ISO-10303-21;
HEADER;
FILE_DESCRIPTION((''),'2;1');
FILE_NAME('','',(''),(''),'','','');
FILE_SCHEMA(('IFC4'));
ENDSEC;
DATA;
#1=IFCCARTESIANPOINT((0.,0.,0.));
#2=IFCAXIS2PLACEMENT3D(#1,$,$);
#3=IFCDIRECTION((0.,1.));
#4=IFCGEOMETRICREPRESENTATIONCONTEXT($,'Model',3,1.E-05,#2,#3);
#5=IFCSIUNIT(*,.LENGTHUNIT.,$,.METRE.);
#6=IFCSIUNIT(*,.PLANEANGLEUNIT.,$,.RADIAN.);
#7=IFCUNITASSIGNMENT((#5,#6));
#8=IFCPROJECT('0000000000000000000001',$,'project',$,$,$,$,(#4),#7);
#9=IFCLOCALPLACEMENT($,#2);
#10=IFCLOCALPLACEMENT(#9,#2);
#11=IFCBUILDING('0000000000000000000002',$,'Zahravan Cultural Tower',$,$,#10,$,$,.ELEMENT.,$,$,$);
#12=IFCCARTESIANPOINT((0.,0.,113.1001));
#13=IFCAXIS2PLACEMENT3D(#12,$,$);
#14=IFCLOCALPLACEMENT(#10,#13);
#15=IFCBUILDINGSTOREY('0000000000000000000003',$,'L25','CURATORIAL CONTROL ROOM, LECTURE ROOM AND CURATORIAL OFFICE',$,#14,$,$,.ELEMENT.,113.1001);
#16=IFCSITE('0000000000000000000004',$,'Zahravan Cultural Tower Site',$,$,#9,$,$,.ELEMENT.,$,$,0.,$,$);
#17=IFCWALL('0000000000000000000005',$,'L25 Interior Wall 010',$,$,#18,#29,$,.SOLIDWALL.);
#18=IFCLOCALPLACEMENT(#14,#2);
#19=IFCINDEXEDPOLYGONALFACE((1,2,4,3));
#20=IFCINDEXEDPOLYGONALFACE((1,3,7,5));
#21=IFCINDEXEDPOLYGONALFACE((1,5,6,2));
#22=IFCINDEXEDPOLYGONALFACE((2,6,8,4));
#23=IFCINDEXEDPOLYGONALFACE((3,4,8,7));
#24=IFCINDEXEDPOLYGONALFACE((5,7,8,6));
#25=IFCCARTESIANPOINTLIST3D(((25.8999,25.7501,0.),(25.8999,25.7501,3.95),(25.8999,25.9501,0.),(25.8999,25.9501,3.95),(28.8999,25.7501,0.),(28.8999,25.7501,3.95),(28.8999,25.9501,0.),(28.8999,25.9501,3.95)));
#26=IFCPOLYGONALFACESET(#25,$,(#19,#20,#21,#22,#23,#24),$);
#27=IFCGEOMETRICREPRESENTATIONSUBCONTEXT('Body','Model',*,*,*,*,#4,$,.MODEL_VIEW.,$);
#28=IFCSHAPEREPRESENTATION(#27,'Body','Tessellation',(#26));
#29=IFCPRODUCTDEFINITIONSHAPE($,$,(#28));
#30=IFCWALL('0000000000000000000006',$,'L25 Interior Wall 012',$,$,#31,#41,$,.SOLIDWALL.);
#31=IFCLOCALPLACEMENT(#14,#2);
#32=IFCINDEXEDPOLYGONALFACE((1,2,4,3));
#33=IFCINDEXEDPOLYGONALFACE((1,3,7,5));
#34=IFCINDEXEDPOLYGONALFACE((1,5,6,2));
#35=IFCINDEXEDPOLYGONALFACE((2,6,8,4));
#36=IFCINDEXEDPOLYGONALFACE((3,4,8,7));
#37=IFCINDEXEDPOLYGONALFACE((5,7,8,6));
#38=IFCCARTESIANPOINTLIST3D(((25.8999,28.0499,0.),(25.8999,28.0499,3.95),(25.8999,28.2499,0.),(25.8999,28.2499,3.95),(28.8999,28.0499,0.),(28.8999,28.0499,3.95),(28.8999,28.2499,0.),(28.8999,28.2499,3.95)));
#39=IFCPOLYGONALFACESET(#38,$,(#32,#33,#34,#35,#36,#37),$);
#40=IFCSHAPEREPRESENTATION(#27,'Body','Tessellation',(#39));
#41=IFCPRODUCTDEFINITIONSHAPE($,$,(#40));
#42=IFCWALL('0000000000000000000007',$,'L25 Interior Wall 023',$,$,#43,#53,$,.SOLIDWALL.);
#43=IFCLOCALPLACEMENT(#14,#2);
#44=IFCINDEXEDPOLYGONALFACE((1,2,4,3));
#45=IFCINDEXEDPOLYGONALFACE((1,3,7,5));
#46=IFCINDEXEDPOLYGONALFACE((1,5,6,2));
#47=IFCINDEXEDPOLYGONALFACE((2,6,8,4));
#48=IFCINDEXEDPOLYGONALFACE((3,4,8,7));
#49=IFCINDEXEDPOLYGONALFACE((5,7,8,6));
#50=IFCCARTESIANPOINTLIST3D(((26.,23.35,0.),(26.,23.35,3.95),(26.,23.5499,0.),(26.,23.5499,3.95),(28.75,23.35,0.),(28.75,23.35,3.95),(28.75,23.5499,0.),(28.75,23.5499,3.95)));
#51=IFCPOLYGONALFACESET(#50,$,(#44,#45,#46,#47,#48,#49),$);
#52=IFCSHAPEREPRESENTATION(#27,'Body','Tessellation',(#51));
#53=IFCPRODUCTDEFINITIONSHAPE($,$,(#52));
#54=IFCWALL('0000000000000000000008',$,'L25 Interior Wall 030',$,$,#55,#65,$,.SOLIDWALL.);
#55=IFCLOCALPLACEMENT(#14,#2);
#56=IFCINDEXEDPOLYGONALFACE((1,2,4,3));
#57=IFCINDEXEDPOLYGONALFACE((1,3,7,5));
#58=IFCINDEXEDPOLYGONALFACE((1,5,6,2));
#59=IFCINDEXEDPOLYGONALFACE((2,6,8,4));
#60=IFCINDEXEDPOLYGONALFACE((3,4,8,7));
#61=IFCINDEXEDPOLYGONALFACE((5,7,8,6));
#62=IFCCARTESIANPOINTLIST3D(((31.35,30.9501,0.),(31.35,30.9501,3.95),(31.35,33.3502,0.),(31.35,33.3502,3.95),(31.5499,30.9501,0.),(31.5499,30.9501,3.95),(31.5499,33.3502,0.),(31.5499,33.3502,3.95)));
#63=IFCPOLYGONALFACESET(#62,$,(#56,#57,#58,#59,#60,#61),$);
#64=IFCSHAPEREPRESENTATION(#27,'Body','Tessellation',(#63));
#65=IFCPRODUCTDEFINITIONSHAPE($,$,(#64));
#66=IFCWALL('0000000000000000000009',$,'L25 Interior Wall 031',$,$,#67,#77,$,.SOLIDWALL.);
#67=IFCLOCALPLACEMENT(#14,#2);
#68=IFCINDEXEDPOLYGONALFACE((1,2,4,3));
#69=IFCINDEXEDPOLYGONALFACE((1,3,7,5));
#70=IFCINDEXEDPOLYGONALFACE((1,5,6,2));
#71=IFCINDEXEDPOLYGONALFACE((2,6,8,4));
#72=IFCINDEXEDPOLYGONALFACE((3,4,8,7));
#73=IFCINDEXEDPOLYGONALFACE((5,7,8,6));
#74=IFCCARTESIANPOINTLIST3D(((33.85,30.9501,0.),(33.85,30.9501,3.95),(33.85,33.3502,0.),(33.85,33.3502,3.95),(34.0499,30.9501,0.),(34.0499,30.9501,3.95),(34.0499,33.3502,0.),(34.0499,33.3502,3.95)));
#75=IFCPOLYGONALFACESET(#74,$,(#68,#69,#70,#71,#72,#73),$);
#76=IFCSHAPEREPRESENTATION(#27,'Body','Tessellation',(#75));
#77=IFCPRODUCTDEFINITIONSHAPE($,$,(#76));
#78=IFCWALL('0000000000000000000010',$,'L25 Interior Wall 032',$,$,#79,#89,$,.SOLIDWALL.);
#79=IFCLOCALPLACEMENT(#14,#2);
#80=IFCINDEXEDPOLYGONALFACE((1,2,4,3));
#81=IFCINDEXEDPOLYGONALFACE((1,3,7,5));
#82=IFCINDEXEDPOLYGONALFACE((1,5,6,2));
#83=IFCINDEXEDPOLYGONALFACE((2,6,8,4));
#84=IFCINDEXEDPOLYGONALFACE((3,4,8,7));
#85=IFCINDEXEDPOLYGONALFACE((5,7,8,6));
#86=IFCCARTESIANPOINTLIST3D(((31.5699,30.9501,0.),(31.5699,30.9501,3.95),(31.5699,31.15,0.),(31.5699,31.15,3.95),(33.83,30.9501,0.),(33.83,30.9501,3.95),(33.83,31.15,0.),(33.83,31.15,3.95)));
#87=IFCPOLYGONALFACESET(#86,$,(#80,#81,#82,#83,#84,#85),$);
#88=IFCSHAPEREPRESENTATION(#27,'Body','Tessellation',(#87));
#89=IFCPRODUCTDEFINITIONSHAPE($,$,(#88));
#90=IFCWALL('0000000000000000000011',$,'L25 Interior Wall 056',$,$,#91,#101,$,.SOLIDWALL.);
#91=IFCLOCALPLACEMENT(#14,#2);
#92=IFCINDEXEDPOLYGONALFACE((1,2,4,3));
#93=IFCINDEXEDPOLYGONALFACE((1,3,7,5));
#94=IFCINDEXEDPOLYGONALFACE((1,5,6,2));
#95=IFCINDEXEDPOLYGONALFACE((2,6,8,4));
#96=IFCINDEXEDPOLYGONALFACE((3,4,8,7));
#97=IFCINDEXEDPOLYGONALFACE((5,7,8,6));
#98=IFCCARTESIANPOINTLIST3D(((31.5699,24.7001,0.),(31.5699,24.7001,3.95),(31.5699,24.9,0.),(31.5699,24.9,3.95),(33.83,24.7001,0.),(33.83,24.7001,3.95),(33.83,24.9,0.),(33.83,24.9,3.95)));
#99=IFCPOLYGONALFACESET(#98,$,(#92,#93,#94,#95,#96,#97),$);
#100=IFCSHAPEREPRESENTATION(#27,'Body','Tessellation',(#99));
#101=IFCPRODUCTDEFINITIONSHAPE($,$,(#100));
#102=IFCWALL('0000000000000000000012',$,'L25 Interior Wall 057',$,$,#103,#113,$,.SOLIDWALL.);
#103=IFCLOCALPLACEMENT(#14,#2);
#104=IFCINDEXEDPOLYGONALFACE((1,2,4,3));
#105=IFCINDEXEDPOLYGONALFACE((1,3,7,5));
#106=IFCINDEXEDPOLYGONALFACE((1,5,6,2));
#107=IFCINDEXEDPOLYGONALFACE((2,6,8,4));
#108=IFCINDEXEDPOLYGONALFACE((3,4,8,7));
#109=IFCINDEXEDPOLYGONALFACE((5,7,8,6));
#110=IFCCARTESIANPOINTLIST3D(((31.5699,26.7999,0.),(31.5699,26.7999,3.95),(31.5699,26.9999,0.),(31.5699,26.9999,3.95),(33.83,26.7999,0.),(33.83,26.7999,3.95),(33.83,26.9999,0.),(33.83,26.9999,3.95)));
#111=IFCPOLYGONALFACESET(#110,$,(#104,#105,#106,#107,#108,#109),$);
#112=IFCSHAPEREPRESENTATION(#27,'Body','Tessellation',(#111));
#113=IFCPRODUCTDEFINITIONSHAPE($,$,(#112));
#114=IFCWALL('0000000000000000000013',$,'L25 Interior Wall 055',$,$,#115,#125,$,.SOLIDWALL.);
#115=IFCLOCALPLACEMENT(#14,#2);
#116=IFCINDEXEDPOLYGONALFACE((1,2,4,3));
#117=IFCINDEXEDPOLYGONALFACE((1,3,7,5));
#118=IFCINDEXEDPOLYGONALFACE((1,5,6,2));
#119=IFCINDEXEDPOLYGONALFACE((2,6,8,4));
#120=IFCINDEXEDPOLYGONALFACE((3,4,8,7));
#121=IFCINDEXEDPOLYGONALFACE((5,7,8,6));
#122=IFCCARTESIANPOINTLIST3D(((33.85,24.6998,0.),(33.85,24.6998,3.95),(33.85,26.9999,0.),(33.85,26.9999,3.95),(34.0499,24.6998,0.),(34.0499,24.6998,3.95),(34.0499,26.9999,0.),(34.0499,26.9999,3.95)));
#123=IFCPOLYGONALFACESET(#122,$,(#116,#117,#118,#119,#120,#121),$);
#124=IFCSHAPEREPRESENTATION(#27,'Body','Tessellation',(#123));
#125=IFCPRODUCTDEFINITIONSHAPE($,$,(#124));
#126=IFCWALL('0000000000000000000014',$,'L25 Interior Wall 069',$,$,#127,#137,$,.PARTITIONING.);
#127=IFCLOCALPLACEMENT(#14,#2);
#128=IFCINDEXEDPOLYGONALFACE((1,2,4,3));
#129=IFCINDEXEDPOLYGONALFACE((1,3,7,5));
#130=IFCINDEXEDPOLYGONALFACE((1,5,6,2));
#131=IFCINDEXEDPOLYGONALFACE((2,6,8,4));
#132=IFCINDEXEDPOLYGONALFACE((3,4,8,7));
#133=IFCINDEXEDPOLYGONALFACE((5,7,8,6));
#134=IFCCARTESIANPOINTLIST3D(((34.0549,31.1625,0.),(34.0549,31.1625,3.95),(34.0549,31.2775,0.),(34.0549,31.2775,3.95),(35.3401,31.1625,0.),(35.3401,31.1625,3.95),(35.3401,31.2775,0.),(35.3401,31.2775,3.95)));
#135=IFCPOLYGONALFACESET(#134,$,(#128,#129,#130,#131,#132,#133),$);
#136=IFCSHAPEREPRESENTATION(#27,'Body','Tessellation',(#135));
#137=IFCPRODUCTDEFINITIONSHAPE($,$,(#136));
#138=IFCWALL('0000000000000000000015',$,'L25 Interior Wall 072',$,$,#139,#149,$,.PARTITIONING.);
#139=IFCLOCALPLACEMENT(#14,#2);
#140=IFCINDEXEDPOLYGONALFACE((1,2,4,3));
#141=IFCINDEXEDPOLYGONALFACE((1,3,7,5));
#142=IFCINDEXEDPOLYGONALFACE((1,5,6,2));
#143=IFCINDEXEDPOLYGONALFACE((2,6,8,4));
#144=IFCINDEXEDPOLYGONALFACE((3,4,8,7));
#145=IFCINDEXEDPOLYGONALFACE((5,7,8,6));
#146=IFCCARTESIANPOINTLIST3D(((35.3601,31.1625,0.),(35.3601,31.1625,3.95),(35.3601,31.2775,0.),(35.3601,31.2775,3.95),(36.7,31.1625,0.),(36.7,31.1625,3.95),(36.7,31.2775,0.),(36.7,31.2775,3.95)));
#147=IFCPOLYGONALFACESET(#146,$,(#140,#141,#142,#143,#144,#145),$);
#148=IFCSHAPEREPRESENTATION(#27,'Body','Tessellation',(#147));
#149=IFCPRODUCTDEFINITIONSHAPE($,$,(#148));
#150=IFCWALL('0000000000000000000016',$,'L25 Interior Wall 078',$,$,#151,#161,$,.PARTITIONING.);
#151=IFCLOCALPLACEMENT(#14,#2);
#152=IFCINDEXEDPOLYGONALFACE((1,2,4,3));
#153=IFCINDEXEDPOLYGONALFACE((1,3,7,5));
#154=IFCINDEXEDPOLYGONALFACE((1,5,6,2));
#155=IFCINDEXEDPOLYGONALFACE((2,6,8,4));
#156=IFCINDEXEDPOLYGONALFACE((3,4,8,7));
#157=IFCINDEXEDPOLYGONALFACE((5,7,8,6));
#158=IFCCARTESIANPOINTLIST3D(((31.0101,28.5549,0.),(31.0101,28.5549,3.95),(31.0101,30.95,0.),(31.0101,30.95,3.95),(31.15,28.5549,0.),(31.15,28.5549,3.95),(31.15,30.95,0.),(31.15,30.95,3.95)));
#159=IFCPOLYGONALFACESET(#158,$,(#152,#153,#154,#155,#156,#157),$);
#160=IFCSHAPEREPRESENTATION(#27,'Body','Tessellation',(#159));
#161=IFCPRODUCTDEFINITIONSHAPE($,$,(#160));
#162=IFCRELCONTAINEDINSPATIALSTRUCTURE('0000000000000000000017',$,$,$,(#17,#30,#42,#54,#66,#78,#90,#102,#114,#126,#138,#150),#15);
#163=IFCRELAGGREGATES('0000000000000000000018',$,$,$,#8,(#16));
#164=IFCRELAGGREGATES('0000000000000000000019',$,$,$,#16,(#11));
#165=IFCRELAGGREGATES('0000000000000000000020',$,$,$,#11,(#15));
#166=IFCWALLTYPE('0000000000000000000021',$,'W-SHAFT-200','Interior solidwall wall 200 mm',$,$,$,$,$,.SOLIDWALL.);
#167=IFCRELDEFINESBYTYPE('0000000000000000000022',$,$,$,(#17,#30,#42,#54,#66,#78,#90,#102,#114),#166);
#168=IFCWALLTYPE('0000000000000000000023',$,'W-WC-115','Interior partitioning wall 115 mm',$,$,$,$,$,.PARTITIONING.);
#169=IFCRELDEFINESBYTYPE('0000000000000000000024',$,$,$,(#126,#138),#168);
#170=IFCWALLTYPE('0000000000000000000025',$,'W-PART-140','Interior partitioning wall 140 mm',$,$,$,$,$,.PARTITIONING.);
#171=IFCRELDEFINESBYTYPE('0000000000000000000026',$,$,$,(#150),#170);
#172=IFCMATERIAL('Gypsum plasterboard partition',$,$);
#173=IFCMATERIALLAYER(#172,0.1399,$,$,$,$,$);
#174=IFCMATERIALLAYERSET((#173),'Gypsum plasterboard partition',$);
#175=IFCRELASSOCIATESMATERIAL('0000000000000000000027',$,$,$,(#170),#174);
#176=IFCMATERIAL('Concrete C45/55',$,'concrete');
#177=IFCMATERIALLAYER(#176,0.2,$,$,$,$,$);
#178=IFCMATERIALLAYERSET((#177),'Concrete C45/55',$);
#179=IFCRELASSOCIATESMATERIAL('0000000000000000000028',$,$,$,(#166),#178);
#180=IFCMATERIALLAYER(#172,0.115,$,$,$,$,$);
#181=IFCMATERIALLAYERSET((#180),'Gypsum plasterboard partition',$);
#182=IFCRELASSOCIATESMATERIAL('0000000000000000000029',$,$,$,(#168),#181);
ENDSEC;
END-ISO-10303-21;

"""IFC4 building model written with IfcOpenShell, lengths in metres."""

from ifc_helpers import new_model, si_unit, direction, frame, frame_2d, origin, place, context, subcontext, project, spatial, rectangle, extrude, source, transform, mapped, material, layer, layer_set, type_object, element, save


model = new_model("IFC4")

# Units and contexts
model_context = context("Model", 3, precision=1e-05, world=origin(), true_north=direction((0.0, 1.0)))
body_context = subcontext(model_context, "Body", "Model", "MODEL_VIEW")
ifc_project = project(units=[si_unit("LENGTHUNIT", "METRE"), si_unit("PLANEANGLEUNIT", "RADIAN")], contexts=[model_context])

# Site, building, storey
site_placement = place(None, origin())
site = spatial("IfcSite", under=ifc_project, at=site_placement, Name="Zahravan Cultural Tower Site", CompositionType="ELEMENT", RefElevation=0.0)
building_placement = place(site_placement, origin())
building = spatial("IfcBuilding", under=site, at=building_placement, Name="Zahravan Cultural Tower", CompositionType="ELEMENT")
storey_placement = place(building_placement, frame((0.0, 0.0, 113.1001)))
storey = spatial("IfcBuildingStorey", under=building, at=storey_placement, Name="L25", Description="CURATORIAL CONTROL ROOM, LECTURE ROOM AND CURATORIAL OFFICE", CompositionType="ELEMENT", Elevation=113.1001)

# Shared definitions
ifc_material_1 = material(Name="Gypsum plasterboard partition")
ifc_layer_1 = layer(ifc_material_1, 0.1399)
ifc_layer_set_1 = layer_set([ifc_layer_1], Name="Gypsum plasterboard partition")
wall_type_1 = type_object("IfcWallType", Name="W-PART-140", Description="Interior partitioning wall 140 mm", PredefinedType="PARTITIONING", material=ifc_layer_set_1)
ifc_material_2 = material(Name="Concrete C45/55", Category="concrete")
ifc_layer_2 = layer(ifc_material_2, 0.2)
ifc_layer_set_2 = layer_set([ifc_layer_2], Name="Concrete C45/55")
wall_type_2 = type_object("IfcWallType", Name="W-SHAFT-200", Description="Interior solidwall wall 200 mm", PredefinedType="SOLIDWALL", material=ifc_layer_set_2)

# Walls
shared_shape_1 = source(origin(), body_context, "Body", "SweptSolid", [
    extrude(rectangle(XDim=3.0, YDim=0.2, at=frame_2d((1.5, 0.0))), origin(), (0.0, 0.0, 1.0), 3.95),
])
for number, where, z_axis, x_axis, name in (
    (1, (25.8999, 25.8501, 0.0), (0.0, 0.0, 1.0), (1.0, 0.0, 0.0), "L25 Interior Wall 010"),
    (2, (25.8999, 28.1499, 0.0), (0.0, 0.0, 1.0), (1.0, 0.0, 0.0), "L25 Interior Wall 012"),
):
    element("IfcWall", number, at=place(storey_placement, frame(where, z_axis=z_axis, x_axis=x_axis)), inside=storey, type_object=wall_type_2, Name=name, PredefinedType="SOLIDWALL", context=body_context, shape_type="MappedRepresentation", body=[
        mapped(shared_shape_1, transform((0.0, 0.0, 0.0), x_axis=(1.0, 0.0, 0.0), y_axis=(0.0, 1.0, 0.0), z_axis=(0.0, 0.0, 1.0), scale=1.0)),
    ])
shared_shape_2 = source(origin(), body_context, "Body", "SweptSolid", [
    extrude(rectangle(XDim=2.75, YDim=0.2, at=frame_2d((1.375, 0.0))), origin(), (0.0, 0.0, 1.0), 3.95),
])
wall_1_placement = place(storey_placement, frame((26.0, 23.45, 0.0), z_axis=(0.0, 0.0, 1.0), x_axis=(1.0, 0.0, 0.0)))
element("IfcWall", 3, at=wall_1_placement, inside=storey, type_object=wall_type_2, Name="L25 Interior Wall 023", PredefinedType="SOLIDWALL", context=body_context, shape_type="MappedRepresentation", body=[
    mapped(shared_shape_2, transform((0.0, 0.0, 0.0), x_axis=(1.0, 0.0, 0.0), y_axis=(0.0, 1.0, 0.0), z_axis=(0.0, 0.0, 1.0), scale=1.0)),
])
shared_shape_3 = source(origin(), body_context, "Body", "SweptSolid", [
    extrude(rectangle(XDim=2.4001, YDim=0.2, at=frame_2d((1.2002, 0.0))), origin(), (0.0, 0.0, 1.0), 3.95),
])
for number, where, z_axis, x_axis, name in (
    (4, (31.45, 30.95, 0.0), (0.0, 0.0, 1.0), (0.0, 1.0, 0.0), "L25 Interior Wall 030"),
    (5, (33.95, 30.95, 0.0), (0.0, 0.0, 1.0), (0.0, 1.0, 0.0), "L25 Interior Wall 031"),
):
    element("IfcWall", number, at=place(storey_placement, frame(where, z_axis=z_axis, x_axis=x_axis)), inside=storey, type_object=wall_type_2, Name=name, PredefinedType="SOLIDWALL", context=body_context, shape_type="MappedRepresentation", body=[
        mapped(shared_shape_3, transform((0.0, 0.0, 0.0), x_axis=(1.0, 0.0, 0.0), y_axis=(0.0, 1.0, 0.0), z_axis=(0.0, 0.0, 1.0), scale=1.0)),
    ])
shared_shape_4 = source(origin(), body_context, "Body", "SweptSolid", [
    extrude(rectangle(XDim=2.26, YDim=0.2, at=frame_2d((1.1299, 0.0))), origin(), (0.0, 0.0, 1.0), 3.95),
])
for number, where, z_axis, x_axis, name in (
    (6, (31.5701, 31.05, 0.0), (0.0, 0.0, 1.0), (1.0, 0.0, 0.0), "L25 Interior Wall 032"),
    (7, (31.5701, 24.8, 0.0), (0.0, 0.0, 1.0), (1.0, 0.0, 0.0), "L25 Interior Wall 056"),
    (8, (31.5701, 26.8999, 0.0), (0.0, 0.0, 1.0), (1.0, 0.0, 0.0), "L25 Interior Wall 057"),
):
    element("IfcWall", number, at=place(storey_placement, frame(where, z_axis=z_axis, x_axis=x_axis)), inside=storey, type_object=wall_type_2, Name=name, PredefinedType="SOLIDWALL", context=body_context, shape_type="MappedRepresentation", body=[
        mapped(shared_shape_4, transform((0.0, 0.0, 0.0), x_axis=(1.0, 0.0, 0.0), y_axis=(0.0, 1.0, 0.0), z_axis=(0.0, 0.0, 1.0), scale=1.0)),
    ])
shared_shape_5 = source(origin(), body_context, "Body", "SweptSolid", [
    extrude(rectangle(XDim=2.3, YDim=0.2, at=frame_2d((1.1499, 0.0))), origin(), (0.0, 0.0, 1.0), 3.95),
])
wall_2_placement = place(storey_placement, frame((33.95, 24.7, 0.0), z_axis=(0.0, 0.0, 1.0), x_axis=(0.0, 1.0, 0.0)))
element("IfcWall", 9, at=wall_2_placement, inside=storey, type_object=wall_type_2, Name="L25 Interior Wall 055", PredefinedType="SOLIDWALL", context=body_context, shape_type="MappedRepresentation", body=[
    mapped(shared_shape_5, transform((0.0, 0.0, 0.0), x_axis=(1.0, 0.0, 0.0), y_axis=(0.0, 1.0, 0.0), z_axis=(0.0, 0.0, 1.0), scale=1.0)),
])
ifc_layer_3 = layer(ifc_material_1, 0.115)
ifc_layer_set_3 = layer_set([ifc_layer_3], Name="Gypsum plasterboard partition")
wall_type_3 = type_object("IfcWallType", Name="W-WC-115", Description="Interior partitioning wall 115 mm", PredefinedType="PARTITIONING", material=ifc_layer_set_3)
shared_shape_6 = source(origin(), body_context, "Body", "SweptSolid", [
    extrude(rectangle(XDim=1.2852, YDim=0.115, at=frame_2d((0.6426, 0.0))), origin(), (0.0, 0.0, 1.0), 3.95),
])
wall_3_placement = place(storey_placement, frame((35.3401, 31.22, 0.0), z_axis=(0.0, 0.0, 1.0), x_axis=(-1.0, 0.0, 0.0)))
element("IfcWall", 10, at=wall_3_placement, inside=storey, type_object=wall_type_3, Name="L25 Interior Wall 069", PredefinedType="PARTITIONING", context=body_context, shape_type="MappedRepresentation", body=[
    mapped(shared_shape_6, transform((0.0, 0.0, 0.0), x_axis=(1.0, 0.0, 0.0), y_axis=(0.0, 1.0, 0.0), z_axis=(0.0, 0.0, 1.0), scale=1.0)),
])
shared_shape_7 = source(origin(), body_context, "Body", "SweptSolid", [
    extrude(rectangle(XDim=1.3398, YDim=0.115, at=frame_2d((0.6699, 0.0))), origin(), (0.0, 0.0, 1.0), 3.95),
])
wall_4_placement = place(storey_placement, frame((36.7, 31.22, 0.0), z_axis=(0.0, 0.0, 1.0), x_axis=(-1.0, 0.0, 0.0)))
element("IfcWall", 11, at=wall_4_placement, inside=storey, type_object=wall_type_3, Name="L25 Interior Wall 072", PredefinedType="PARTITIONING", context=body_context, shape_type="MappedRepresentation", body=[
    mapped(shared_shape_7, transform((0.0, 0.0, 0.0), x_axis=(1.0, 0.0, 0.0), y_axis=(0.0, 1.0, 0.0), z_axis=(0.0, 0.0, 1.0), scale=1.0)),
])
shared_shape_8 = source(origin(), body_context, "Body", "SweptSolid", [
    extrude(rectangle(XDim=2.395, YDim=0.1399, at=frame_2d((1.1975, 0.0))), origin(), (0.0, 0.0, 1.0), 3.95),
])
wall_5_placement = place(storey_placement, frame((31.0801, 28.5549, 0.0), z_axis=(0.0, 0.0, 1.0), x_axis=(0.0, 1.0, 0.0)))
element("IfcWall", 12, at=wall_5_placement, inside=storey, type_object=wall_type_1, Name="L25 Interior Wall 078", PredefinedType="PARTITIONING", context=body_context, shape_type="MappedRepresentation", body=[
    mapped(shared_shape_8, transform((0.0, 0.0, 0.0), x_axis=(1.0, 0.0, 0.0), y_axis=(0.0, 1.0, 0.0), z_axis=(0.0, 0.0, 1.0), scale=1.0)),
])

save(model, "model.ifc")
